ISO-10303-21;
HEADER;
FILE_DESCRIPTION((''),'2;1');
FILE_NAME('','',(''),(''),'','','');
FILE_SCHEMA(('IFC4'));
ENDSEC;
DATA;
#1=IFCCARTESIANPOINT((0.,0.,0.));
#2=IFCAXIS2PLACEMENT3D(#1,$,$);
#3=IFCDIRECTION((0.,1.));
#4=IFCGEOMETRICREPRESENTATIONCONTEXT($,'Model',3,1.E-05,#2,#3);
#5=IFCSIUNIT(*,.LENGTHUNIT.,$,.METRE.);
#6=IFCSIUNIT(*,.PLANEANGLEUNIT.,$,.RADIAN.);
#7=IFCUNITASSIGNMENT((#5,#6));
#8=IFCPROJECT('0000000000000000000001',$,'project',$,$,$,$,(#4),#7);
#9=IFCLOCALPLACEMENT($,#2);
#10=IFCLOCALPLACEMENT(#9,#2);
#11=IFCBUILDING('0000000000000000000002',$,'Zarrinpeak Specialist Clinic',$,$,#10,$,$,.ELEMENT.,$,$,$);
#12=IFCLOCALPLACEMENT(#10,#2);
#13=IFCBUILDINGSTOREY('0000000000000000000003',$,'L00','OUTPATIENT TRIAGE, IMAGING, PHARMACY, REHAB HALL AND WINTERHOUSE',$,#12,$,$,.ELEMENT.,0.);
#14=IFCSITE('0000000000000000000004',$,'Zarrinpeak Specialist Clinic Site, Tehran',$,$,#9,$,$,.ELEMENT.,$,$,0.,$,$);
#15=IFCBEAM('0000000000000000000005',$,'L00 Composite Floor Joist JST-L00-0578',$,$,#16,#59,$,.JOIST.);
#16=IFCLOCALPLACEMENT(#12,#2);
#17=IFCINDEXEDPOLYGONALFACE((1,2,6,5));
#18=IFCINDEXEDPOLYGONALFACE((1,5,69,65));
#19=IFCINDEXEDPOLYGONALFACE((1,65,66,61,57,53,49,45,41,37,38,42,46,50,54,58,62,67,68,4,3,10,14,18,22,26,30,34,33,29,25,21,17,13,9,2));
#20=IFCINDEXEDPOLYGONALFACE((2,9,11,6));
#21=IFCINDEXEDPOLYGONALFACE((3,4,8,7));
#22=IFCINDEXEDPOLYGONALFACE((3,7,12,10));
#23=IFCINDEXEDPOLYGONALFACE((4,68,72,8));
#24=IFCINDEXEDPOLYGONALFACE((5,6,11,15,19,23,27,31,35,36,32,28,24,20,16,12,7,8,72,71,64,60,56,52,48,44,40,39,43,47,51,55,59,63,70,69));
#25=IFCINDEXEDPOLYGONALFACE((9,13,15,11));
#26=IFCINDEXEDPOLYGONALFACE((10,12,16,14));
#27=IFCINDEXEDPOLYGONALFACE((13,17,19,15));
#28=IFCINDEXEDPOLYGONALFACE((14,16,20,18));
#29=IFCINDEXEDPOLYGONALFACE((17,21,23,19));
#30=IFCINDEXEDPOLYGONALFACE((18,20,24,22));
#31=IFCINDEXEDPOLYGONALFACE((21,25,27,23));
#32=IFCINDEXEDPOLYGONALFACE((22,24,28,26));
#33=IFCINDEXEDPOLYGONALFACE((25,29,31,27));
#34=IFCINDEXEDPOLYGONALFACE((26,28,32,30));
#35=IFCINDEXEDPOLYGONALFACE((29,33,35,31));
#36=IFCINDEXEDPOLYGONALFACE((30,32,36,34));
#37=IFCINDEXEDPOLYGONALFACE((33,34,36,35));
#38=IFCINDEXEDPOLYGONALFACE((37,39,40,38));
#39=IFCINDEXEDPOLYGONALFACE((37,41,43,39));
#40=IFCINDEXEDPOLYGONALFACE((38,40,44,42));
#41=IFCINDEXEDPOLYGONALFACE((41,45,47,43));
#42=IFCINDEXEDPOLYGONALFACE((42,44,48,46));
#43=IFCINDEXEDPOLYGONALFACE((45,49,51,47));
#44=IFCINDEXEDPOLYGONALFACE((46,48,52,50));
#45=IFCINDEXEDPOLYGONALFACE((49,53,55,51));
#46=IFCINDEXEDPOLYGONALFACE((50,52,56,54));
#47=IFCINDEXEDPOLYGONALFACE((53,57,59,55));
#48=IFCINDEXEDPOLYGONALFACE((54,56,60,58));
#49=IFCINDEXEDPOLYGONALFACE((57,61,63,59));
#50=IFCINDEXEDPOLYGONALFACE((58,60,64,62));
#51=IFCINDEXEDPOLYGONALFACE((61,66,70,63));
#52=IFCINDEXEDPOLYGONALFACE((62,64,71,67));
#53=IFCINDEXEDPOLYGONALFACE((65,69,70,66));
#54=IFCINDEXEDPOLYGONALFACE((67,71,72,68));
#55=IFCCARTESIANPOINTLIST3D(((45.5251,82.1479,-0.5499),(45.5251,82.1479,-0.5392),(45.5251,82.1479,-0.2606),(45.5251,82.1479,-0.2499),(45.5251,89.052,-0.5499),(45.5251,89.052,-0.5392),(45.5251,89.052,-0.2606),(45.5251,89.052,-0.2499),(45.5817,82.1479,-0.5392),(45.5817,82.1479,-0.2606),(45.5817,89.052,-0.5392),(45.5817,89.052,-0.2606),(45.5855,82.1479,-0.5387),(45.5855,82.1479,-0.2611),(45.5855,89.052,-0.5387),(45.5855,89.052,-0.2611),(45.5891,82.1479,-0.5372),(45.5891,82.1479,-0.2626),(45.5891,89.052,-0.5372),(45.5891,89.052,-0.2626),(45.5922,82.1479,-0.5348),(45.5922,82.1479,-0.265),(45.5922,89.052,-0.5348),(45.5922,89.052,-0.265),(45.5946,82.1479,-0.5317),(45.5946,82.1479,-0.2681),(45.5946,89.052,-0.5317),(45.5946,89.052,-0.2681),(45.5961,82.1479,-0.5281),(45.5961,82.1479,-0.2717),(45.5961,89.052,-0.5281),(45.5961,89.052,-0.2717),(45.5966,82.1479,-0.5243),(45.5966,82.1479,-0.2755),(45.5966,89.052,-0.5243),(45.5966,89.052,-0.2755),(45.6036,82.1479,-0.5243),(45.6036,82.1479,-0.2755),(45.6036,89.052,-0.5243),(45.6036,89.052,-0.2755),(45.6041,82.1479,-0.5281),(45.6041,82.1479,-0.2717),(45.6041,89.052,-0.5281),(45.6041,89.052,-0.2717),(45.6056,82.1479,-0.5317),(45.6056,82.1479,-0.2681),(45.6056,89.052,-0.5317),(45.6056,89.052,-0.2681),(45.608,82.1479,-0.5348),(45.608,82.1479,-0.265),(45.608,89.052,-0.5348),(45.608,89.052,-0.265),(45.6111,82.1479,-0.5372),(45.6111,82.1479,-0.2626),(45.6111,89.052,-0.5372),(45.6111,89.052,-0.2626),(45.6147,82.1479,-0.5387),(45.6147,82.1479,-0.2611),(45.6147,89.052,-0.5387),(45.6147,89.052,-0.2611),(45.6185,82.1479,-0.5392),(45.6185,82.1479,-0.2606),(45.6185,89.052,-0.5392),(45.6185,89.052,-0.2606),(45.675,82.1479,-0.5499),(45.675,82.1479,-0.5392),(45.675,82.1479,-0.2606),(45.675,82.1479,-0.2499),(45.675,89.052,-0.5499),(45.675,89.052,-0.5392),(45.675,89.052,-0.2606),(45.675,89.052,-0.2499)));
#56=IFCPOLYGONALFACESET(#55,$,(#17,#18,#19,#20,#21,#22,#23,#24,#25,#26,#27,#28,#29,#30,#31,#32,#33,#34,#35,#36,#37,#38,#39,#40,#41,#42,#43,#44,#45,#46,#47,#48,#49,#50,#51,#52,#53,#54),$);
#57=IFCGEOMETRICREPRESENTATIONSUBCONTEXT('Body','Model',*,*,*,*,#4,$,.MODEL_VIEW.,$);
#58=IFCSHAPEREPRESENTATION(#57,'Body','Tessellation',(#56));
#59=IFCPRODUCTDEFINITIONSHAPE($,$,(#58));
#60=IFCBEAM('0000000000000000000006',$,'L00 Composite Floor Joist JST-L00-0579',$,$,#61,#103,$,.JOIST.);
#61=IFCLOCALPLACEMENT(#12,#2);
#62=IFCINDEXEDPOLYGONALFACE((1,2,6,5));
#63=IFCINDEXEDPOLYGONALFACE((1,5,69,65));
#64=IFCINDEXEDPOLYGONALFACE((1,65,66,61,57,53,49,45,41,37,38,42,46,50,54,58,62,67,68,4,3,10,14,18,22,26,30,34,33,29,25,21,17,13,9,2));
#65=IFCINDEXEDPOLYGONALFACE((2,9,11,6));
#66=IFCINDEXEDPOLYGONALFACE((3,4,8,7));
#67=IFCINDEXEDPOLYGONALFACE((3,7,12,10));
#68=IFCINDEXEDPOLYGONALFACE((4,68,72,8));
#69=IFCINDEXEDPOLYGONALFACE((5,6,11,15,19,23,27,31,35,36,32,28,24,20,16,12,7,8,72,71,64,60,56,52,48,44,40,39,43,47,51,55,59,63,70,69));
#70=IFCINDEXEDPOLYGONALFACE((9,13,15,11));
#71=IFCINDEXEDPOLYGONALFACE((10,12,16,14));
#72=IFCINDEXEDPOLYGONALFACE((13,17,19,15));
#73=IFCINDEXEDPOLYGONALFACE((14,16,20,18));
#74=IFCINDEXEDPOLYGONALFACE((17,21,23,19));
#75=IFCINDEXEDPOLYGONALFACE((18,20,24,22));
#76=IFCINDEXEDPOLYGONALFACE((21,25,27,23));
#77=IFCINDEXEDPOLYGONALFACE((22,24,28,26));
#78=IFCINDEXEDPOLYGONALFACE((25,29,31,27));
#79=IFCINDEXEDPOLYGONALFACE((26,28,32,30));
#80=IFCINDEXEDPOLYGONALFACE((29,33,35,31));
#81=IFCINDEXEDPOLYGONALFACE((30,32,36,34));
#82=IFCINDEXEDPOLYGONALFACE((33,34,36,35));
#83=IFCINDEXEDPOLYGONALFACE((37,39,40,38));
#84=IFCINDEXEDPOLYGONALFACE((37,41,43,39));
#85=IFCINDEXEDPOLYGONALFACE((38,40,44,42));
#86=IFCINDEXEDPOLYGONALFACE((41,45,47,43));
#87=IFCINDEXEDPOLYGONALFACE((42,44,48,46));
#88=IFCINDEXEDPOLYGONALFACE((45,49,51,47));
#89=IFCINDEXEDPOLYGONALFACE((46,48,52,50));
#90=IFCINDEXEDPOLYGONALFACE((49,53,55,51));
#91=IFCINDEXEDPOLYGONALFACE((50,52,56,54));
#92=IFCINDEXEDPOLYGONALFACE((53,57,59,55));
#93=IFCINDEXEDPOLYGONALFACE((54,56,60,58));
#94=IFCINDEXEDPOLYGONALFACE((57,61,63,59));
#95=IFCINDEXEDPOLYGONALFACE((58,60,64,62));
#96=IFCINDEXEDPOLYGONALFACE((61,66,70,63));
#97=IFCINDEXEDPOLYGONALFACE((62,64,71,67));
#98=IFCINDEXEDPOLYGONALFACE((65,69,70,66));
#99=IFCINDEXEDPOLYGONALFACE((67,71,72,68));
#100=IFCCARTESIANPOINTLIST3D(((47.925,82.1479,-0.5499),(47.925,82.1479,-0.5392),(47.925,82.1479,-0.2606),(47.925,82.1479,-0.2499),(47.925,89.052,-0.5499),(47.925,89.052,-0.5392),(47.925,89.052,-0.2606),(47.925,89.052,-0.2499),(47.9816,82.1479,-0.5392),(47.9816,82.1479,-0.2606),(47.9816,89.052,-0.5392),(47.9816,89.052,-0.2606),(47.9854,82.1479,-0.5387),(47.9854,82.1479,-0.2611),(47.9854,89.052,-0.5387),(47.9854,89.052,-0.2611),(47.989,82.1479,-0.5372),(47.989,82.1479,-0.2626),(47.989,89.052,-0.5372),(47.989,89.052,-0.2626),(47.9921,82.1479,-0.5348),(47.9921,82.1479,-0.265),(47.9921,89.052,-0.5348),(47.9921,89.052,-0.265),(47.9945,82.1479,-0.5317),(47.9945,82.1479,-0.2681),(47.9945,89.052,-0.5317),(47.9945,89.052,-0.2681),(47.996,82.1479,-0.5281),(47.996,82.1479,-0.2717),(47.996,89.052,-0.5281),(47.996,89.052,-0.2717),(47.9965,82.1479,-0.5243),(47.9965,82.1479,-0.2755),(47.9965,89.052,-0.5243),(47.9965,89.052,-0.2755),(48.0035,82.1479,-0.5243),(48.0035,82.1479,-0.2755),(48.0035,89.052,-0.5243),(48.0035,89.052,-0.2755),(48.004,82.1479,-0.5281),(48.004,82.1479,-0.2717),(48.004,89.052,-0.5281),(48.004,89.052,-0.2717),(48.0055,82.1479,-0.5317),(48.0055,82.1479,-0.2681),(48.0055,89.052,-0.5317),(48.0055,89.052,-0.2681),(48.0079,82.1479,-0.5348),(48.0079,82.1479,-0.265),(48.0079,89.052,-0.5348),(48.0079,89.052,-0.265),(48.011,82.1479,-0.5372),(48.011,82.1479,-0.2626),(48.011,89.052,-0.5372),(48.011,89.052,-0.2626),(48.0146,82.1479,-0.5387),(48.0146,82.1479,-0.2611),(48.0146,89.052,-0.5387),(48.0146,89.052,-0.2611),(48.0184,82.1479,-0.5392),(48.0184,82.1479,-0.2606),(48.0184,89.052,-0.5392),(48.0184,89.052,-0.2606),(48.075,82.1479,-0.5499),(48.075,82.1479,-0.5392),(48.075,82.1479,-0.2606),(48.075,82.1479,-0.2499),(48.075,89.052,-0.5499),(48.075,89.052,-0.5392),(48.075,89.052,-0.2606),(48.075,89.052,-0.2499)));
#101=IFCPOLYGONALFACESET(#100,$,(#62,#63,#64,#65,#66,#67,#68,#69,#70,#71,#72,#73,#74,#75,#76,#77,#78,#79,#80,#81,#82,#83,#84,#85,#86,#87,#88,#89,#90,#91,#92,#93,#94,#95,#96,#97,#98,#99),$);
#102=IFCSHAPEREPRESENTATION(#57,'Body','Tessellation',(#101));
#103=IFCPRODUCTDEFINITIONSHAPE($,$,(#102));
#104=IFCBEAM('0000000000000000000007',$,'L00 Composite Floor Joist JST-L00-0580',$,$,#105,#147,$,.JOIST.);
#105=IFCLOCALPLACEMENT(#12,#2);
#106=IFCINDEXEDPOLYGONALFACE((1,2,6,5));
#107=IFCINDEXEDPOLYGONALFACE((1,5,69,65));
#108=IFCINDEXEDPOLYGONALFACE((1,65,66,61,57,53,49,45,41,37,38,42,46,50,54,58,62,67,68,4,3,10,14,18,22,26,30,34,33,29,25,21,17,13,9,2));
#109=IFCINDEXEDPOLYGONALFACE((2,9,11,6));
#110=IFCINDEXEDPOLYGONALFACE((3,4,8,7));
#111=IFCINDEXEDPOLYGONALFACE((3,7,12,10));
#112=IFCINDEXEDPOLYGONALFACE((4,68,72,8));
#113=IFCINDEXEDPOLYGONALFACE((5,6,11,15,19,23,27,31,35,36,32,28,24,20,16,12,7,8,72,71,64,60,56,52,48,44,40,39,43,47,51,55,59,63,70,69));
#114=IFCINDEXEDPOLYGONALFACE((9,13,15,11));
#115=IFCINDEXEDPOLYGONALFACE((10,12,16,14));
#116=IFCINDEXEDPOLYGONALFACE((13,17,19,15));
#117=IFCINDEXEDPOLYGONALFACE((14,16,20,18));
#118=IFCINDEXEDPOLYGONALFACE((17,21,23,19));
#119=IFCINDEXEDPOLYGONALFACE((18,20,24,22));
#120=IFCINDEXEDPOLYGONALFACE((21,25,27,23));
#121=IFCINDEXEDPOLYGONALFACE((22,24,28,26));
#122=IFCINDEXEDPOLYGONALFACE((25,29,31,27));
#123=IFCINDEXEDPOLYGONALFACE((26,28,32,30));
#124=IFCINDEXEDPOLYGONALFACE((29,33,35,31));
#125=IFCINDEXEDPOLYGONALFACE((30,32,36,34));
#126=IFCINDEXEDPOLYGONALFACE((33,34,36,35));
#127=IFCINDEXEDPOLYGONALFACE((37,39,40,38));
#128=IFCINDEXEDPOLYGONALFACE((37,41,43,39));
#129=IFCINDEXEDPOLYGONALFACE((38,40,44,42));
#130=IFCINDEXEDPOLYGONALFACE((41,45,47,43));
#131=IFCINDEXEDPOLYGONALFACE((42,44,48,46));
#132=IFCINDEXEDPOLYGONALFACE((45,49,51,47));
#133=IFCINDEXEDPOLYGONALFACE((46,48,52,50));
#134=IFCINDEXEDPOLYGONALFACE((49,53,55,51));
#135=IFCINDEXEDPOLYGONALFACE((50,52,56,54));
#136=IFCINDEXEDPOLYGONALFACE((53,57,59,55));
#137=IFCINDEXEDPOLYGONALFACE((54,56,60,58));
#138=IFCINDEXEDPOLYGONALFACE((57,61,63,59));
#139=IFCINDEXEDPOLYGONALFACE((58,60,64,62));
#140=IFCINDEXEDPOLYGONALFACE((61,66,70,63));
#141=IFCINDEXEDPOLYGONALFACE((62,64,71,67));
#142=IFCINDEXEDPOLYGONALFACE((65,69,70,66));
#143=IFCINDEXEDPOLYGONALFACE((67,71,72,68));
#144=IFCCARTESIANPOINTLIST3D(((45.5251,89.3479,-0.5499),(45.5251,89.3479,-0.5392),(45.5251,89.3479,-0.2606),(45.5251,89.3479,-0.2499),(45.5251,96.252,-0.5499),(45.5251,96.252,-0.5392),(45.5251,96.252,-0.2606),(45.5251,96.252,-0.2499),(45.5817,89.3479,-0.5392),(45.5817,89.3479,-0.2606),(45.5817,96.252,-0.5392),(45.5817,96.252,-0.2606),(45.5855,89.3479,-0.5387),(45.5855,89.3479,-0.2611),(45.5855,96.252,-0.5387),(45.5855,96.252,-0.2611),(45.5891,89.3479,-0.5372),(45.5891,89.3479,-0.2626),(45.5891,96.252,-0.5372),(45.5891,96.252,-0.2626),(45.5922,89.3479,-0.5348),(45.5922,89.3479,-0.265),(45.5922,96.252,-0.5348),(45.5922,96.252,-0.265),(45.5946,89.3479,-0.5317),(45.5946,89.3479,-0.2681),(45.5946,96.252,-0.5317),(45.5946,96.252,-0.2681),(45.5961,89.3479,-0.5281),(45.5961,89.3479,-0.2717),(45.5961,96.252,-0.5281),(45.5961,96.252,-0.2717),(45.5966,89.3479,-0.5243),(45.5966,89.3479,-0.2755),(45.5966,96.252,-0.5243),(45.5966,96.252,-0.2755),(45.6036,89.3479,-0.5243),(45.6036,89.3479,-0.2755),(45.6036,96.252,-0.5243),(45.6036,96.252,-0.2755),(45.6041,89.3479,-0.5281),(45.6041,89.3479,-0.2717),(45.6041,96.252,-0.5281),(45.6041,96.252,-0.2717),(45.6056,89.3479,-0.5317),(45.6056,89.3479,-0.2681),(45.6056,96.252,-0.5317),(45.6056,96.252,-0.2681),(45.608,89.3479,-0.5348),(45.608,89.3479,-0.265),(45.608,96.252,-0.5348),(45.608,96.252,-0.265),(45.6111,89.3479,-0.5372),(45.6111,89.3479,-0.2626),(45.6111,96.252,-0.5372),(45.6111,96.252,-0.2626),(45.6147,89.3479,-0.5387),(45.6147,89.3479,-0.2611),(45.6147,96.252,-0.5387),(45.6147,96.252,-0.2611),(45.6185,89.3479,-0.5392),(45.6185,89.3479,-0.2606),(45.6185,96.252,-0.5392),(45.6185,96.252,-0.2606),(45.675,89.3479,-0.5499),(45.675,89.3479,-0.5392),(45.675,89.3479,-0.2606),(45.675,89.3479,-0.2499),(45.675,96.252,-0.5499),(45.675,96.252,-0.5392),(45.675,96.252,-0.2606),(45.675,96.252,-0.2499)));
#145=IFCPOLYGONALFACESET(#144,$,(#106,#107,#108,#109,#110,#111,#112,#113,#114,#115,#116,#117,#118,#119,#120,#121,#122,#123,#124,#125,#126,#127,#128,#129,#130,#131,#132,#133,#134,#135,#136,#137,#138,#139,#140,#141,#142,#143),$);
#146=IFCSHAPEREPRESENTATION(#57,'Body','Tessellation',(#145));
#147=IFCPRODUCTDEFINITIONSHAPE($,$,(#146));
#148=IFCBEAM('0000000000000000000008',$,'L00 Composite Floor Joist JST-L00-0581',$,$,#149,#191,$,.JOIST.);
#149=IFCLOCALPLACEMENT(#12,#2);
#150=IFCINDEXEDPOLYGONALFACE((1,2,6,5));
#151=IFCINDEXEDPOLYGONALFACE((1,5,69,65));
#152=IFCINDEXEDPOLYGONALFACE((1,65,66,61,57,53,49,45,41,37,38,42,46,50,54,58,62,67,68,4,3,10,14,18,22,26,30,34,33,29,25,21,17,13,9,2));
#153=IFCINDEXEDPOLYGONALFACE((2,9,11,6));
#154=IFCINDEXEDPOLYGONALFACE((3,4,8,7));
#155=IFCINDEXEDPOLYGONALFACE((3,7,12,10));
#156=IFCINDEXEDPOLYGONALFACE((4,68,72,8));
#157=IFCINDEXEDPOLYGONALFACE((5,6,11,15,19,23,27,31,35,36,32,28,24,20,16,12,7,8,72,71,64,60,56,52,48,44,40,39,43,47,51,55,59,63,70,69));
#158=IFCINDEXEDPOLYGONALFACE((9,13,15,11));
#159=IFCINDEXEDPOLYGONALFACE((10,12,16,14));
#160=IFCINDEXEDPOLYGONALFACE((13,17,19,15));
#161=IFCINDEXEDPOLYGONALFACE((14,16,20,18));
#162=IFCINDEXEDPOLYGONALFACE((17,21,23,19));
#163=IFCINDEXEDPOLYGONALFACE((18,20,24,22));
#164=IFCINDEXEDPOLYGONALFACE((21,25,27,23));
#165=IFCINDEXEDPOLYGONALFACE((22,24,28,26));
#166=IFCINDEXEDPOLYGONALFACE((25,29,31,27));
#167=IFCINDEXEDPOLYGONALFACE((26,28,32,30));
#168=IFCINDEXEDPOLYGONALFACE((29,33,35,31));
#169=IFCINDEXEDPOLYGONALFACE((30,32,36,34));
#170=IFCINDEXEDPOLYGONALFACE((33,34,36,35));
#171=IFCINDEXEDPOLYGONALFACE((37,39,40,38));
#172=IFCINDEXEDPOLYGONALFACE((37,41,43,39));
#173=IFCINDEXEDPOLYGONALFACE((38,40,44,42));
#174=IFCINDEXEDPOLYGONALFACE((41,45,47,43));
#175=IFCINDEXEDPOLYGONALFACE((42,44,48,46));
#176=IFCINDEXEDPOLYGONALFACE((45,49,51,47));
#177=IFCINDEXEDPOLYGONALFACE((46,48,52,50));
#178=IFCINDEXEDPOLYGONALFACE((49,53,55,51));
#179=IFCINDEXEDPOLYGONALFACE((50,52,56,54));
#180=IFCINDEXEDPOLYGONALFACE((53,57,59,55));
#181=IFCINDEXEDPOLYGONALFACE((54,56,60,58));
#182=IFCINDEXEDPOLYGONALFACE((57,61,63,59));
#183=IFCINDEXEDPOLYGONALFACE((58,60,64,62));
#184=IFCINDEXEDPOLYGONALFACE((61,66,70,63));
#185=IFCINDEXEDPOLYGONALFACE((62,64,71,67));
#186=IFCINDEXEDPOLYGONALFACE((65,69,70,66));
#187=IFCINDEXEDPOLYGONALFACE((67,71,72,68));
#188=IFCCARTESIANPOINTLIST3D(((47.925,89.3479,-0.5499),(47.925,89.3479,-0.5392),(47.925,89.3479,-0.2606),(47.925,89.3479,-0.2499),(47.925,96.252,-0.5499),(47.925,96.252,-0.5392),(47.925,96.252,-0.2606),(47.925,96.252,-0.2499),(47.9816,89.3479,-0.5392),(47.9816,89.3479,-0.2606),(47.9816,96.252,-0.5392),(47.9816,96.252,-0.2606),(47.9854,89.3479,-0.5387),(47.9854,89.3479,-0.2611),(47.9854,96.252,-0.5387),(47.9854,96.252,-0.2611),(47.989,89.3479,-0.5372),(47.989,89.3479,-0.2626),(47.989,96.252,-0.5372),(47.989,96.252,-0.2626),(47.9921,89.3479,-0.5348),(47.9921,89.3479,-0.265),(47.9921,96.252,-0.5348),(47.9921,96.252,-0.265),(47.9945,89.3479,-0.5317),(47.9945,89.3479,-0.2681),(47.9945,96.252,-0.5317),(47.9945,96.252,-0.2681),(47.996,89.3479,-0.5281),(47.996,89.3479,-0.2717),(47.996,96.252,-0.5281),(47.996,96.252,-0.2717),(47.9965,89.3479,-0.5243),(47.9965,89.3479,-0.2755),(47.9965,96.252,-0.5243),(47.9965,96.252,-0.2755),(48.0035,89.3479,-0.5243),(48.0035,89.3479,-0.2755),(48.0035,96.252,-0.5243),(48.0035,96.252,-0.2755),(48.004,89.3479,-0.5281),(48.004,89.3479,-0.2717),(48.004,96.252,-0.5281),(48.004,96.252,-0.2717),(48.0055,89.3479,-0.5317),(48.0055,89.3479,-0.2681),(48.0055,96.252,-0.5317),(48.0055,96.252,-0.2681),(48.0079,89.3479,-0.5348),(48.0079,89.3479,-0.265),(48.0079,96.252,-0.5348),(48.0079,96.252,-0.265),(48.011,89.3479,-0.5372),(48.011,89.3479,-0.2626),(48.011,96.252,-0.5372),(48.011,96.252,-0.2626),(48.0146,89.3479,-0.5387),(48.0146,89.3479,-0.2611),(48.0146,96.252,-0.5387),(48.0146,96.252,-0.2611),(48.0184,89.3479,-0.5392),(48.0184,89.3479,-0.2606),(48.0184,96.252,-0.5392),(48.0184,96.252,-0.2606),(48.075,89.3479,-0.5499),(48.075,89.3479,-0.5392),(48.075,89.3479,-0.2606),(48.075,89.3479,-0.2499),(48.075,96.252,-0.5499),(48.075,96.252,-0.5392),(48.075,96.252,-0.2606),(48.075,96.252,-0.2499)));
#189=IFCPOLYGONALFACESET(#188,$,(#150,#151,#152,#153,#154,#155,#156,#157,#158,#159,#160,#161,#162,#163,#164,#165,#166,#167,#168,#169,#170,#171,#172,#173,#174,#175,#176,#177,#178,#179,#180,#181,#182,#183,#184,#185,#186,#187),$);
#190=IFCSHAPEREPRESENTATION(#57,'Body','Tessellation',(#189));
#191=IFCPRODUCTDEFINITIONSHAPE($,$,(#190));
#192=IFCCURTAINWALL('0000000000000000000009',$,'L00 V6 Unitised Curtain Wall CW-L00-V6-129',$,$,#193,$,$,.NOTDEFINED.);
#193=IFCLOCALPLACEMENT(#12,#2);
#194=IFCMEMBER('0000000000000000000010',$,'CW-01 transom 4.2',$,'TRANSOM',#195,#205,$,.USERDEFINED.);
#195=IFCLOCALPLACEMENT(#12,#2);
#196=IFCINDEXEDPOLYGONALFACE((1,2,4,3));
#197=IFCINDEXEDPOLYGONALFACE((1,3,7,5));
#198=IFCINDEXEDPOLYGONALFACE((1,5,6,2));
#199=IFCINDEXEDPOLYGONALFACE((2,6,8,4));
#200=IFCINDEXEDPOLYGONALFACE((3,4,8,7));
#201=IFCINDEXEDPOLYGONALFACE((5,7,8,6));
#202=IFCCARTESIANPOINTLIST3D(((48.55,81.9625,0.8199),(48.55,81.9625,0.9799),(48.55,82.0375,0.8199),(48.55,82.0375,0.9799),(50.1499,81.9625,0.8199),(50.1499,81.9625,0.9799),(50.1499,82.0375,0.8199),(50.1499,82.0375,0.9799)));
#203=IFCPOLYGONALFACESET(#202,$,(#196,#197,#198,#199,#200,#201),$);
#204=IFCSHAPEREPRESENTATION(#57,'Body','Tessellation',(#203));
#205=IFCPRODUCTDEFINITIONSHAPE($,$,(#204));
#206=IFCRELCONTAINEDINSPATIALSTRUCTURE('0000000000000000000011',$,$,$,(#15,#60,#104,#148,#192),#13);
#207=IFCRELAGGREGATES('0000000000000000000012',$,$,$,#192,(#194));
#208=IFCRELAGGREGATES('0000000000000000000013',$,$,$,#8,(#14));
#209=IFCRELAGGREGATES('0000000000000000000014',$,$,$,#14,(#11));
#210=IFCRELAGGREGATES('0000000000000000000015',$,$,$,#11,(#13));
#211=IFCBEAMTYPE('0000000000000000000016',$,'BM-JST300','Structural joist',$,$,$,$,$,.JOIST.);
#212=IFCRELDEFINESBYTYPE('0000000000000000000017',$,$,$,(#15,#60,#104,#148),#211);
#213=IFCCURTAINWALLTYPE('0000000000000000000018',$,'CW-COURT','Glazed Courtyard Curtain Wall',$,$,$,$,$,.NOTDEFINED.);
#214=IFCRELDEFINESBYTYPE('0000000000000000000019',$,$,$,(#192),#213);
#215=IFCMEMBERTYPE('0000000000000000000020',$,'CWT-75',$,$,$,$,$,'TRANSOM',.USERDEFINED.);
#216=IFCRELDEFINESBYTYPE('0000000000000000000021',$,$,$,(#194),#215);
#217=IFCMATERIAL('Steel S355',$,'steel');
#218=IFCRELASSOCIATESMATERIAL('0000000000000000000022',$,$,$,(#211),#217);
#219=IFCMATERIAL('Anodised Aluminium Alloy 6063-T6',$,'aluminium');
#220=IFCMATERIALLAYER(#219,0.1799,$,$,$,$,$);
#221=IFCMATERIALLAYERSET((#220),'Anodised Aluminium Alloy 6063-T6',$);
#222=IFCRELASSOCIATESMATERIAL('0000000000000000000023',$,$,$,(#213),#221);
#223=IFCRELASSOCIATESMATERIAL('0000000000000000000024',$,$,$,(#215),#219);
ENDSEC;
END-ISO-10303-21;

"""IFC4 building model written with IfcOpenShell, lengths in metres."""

from ifc_helpers import new_model, si_unit, direction, frame, origin, origin_2d, place, context, subcontext, project, spatial, rectangle, i_section, extrude, material, layer, layer_set, material_profile, profile_set, type_object, element, aggregate, save


model = new_model("IFC4")

# Units and contexts
model_context = context("Model", 3, precision=1e-05, world=origin(), true_north=direction((0.0, 1.0)))
body_context = subcontext(model_context, "Body", "Model", "MODEL_VIEW")
ifc_project = project(units=[si_unit("LENGTHUNIT", "METRE"), si_unit("PLANEANGLEUNIT", "RADIAN")], contexts=[model_context])

# Site, building, storey
site_placement = place(None, origin())
site = spatial("IfcSite", under=ifc_project, at=site_placement, Name="Zarrinpeak Specialist Clinic Site, Tehran", CompositionType="ELEMENT", RefElevation=0.0)
building_placement = place(site_placement, origin())
building = spatial("IfcBuilding", under=site, at=building_placement, Name="Zarrinpeak Specialist Clinic", CompositionType="ELEMENT")
storey_placement = place(building_placement, origin())
storey = spatial("IfcBuildingStorey", under=building, at=storey_placement, Name="L00", Description="OUTPATIENT TRIAGE, IMAGING, PHARMACY, REHAB HALL AND WINTERHOUSE", CompositionType="ELEMENT", Elevation=0.0)

# Shared definitions
ifc_material_1 = material(Name="Steel S355", Category="steel")

# Beams
ifc_material_profile_1 = material_profile(ifc_material_1, i_section(OverallWidth=0.1499, OverallDepth=0.3, WebThickness=0.0071, FlangeThickness=0.0107, FilletRadius=0.0149, at=origin_2d()), Name="IPE 300")
ifc_profile_set_1 = profile_set([ifc_material_profile_1], Name="Steel S355")
beam_type_1 = type_object("IfcBeamType", Name="BM-JST300", Description="Structural joist", PredefinedType="JOIST", material=ifc_profile_set_1)
for number, where, z_axis, x_axis, name in (
    (1, (45.6001, 82.1479, -0.3999), (0.0, 1.0, 0.0), (-1.0, 0.0, 0.0), "L00 Composite Floor Joist JST-L00-0578"),
    (2, (48.0, 82.1479, -0.3999), (0.0, 1.0, 0.0), (-1.0, 0.0, 0.0), "L00 Composite Floor Joist JST-L00-0579"),
    (3, (45.6001, 89.3479, -0.3999), (0.0, 1.0, 0.0), (-1.0, 0.0, 0.0), "L00 Composite Floor Joist JST-L00-0580"),
    (4, (48.0, 89.3479, -0.3999), (0.0, 1.0, 0.0), (-1.0, 0.0, 0.0), "L00 Composite Floor Joist JST-L00-0581"),
):
    element("IfcBeam", number, at=place(storey_placement, frame(where, z_axis=z_axis, x_axis=x_axis)), inside=storey, type_object=beam_type_1, Name=name, PredefinedType="JOIST", context=body_context, shape_type="SweptSolid", body=[
        extrude(i_section(OverallWidth=0.1499, OverallDepth=0.3, WebThickness=0.0071, FlangeThickness=0.0107, FilletRadius=0.0149, at=origin_2d()), origin(), (0.0, 0.0, 1.0), 6.9041),
    ])

# Curtain wall, member
ifc_material_2 = material(Name="Anodised Aluminium Alloy 6063-T6", Category="aluminium")
ifc_layer_1 = layer(ifc_material_2, 0.1799)
ifc_layer_set_1 = layer_set([ifc_layer_1], Name="Anodised Aluminium Alloy 6063-T6")
curtain_wall_type = type_object("IfcCurtainWallType", Name="CW-COURT", Description="Glazed Courtyard Curtain Wall", PredefinedType="NOTDEFINED", material=ifc_layer_set_1)
curtain_wall_placement = place(storey_placement, origin())
curtain_wall = element("IfcCurtainWall", 5, at=curtain_wall_placement, inside=storey, type_object=curtain_wall_type, Name="L00 V6 Unitised Curtain Wall CW-L00-V6-129", PredefinedType="NOTDEFINED")
ifc_material_profile_2 = material_profile(ifc_material_2, rectangle(XDim=0.075, YDim=0.1599, at=origin_2d()), Name="ALU 75x160")
ifc_profile_set_2 = profile_set([ifc_material_profile_2], Name="Anodised Aluminium Alloy 6063-T6")
member_type = type_object("IfcMemberType", Name="CWT-75", ElementType="TRANSOM", PredefinedType="USERDEFINED", material=ifc_profile_set_2)
member_1_placement = place(storey_placement, frame((48.55, 82.0, 0.8999), z_axis=(1.0, 0.0, 0.0), x_axis=(0.0, 1.0, 0.0)))
member_1 = element("IfcMember", 6, at=member_1_placement, type_object=member_type, Name="CW-01 transom 4.2", ObjectType="TRANSOM", PredefinedType="USERDEFINED", context=body_context, shape_type="SweptSolid", body=[
    extrude(rectangle(XDim=0.075, YDim=0.1599, at=origin_2d()), origin(), (0.0, 0.0, 1.0), 1.5999),
])
aggregate(curtain_wall, [member_1])

save(model, "model.ifc")
